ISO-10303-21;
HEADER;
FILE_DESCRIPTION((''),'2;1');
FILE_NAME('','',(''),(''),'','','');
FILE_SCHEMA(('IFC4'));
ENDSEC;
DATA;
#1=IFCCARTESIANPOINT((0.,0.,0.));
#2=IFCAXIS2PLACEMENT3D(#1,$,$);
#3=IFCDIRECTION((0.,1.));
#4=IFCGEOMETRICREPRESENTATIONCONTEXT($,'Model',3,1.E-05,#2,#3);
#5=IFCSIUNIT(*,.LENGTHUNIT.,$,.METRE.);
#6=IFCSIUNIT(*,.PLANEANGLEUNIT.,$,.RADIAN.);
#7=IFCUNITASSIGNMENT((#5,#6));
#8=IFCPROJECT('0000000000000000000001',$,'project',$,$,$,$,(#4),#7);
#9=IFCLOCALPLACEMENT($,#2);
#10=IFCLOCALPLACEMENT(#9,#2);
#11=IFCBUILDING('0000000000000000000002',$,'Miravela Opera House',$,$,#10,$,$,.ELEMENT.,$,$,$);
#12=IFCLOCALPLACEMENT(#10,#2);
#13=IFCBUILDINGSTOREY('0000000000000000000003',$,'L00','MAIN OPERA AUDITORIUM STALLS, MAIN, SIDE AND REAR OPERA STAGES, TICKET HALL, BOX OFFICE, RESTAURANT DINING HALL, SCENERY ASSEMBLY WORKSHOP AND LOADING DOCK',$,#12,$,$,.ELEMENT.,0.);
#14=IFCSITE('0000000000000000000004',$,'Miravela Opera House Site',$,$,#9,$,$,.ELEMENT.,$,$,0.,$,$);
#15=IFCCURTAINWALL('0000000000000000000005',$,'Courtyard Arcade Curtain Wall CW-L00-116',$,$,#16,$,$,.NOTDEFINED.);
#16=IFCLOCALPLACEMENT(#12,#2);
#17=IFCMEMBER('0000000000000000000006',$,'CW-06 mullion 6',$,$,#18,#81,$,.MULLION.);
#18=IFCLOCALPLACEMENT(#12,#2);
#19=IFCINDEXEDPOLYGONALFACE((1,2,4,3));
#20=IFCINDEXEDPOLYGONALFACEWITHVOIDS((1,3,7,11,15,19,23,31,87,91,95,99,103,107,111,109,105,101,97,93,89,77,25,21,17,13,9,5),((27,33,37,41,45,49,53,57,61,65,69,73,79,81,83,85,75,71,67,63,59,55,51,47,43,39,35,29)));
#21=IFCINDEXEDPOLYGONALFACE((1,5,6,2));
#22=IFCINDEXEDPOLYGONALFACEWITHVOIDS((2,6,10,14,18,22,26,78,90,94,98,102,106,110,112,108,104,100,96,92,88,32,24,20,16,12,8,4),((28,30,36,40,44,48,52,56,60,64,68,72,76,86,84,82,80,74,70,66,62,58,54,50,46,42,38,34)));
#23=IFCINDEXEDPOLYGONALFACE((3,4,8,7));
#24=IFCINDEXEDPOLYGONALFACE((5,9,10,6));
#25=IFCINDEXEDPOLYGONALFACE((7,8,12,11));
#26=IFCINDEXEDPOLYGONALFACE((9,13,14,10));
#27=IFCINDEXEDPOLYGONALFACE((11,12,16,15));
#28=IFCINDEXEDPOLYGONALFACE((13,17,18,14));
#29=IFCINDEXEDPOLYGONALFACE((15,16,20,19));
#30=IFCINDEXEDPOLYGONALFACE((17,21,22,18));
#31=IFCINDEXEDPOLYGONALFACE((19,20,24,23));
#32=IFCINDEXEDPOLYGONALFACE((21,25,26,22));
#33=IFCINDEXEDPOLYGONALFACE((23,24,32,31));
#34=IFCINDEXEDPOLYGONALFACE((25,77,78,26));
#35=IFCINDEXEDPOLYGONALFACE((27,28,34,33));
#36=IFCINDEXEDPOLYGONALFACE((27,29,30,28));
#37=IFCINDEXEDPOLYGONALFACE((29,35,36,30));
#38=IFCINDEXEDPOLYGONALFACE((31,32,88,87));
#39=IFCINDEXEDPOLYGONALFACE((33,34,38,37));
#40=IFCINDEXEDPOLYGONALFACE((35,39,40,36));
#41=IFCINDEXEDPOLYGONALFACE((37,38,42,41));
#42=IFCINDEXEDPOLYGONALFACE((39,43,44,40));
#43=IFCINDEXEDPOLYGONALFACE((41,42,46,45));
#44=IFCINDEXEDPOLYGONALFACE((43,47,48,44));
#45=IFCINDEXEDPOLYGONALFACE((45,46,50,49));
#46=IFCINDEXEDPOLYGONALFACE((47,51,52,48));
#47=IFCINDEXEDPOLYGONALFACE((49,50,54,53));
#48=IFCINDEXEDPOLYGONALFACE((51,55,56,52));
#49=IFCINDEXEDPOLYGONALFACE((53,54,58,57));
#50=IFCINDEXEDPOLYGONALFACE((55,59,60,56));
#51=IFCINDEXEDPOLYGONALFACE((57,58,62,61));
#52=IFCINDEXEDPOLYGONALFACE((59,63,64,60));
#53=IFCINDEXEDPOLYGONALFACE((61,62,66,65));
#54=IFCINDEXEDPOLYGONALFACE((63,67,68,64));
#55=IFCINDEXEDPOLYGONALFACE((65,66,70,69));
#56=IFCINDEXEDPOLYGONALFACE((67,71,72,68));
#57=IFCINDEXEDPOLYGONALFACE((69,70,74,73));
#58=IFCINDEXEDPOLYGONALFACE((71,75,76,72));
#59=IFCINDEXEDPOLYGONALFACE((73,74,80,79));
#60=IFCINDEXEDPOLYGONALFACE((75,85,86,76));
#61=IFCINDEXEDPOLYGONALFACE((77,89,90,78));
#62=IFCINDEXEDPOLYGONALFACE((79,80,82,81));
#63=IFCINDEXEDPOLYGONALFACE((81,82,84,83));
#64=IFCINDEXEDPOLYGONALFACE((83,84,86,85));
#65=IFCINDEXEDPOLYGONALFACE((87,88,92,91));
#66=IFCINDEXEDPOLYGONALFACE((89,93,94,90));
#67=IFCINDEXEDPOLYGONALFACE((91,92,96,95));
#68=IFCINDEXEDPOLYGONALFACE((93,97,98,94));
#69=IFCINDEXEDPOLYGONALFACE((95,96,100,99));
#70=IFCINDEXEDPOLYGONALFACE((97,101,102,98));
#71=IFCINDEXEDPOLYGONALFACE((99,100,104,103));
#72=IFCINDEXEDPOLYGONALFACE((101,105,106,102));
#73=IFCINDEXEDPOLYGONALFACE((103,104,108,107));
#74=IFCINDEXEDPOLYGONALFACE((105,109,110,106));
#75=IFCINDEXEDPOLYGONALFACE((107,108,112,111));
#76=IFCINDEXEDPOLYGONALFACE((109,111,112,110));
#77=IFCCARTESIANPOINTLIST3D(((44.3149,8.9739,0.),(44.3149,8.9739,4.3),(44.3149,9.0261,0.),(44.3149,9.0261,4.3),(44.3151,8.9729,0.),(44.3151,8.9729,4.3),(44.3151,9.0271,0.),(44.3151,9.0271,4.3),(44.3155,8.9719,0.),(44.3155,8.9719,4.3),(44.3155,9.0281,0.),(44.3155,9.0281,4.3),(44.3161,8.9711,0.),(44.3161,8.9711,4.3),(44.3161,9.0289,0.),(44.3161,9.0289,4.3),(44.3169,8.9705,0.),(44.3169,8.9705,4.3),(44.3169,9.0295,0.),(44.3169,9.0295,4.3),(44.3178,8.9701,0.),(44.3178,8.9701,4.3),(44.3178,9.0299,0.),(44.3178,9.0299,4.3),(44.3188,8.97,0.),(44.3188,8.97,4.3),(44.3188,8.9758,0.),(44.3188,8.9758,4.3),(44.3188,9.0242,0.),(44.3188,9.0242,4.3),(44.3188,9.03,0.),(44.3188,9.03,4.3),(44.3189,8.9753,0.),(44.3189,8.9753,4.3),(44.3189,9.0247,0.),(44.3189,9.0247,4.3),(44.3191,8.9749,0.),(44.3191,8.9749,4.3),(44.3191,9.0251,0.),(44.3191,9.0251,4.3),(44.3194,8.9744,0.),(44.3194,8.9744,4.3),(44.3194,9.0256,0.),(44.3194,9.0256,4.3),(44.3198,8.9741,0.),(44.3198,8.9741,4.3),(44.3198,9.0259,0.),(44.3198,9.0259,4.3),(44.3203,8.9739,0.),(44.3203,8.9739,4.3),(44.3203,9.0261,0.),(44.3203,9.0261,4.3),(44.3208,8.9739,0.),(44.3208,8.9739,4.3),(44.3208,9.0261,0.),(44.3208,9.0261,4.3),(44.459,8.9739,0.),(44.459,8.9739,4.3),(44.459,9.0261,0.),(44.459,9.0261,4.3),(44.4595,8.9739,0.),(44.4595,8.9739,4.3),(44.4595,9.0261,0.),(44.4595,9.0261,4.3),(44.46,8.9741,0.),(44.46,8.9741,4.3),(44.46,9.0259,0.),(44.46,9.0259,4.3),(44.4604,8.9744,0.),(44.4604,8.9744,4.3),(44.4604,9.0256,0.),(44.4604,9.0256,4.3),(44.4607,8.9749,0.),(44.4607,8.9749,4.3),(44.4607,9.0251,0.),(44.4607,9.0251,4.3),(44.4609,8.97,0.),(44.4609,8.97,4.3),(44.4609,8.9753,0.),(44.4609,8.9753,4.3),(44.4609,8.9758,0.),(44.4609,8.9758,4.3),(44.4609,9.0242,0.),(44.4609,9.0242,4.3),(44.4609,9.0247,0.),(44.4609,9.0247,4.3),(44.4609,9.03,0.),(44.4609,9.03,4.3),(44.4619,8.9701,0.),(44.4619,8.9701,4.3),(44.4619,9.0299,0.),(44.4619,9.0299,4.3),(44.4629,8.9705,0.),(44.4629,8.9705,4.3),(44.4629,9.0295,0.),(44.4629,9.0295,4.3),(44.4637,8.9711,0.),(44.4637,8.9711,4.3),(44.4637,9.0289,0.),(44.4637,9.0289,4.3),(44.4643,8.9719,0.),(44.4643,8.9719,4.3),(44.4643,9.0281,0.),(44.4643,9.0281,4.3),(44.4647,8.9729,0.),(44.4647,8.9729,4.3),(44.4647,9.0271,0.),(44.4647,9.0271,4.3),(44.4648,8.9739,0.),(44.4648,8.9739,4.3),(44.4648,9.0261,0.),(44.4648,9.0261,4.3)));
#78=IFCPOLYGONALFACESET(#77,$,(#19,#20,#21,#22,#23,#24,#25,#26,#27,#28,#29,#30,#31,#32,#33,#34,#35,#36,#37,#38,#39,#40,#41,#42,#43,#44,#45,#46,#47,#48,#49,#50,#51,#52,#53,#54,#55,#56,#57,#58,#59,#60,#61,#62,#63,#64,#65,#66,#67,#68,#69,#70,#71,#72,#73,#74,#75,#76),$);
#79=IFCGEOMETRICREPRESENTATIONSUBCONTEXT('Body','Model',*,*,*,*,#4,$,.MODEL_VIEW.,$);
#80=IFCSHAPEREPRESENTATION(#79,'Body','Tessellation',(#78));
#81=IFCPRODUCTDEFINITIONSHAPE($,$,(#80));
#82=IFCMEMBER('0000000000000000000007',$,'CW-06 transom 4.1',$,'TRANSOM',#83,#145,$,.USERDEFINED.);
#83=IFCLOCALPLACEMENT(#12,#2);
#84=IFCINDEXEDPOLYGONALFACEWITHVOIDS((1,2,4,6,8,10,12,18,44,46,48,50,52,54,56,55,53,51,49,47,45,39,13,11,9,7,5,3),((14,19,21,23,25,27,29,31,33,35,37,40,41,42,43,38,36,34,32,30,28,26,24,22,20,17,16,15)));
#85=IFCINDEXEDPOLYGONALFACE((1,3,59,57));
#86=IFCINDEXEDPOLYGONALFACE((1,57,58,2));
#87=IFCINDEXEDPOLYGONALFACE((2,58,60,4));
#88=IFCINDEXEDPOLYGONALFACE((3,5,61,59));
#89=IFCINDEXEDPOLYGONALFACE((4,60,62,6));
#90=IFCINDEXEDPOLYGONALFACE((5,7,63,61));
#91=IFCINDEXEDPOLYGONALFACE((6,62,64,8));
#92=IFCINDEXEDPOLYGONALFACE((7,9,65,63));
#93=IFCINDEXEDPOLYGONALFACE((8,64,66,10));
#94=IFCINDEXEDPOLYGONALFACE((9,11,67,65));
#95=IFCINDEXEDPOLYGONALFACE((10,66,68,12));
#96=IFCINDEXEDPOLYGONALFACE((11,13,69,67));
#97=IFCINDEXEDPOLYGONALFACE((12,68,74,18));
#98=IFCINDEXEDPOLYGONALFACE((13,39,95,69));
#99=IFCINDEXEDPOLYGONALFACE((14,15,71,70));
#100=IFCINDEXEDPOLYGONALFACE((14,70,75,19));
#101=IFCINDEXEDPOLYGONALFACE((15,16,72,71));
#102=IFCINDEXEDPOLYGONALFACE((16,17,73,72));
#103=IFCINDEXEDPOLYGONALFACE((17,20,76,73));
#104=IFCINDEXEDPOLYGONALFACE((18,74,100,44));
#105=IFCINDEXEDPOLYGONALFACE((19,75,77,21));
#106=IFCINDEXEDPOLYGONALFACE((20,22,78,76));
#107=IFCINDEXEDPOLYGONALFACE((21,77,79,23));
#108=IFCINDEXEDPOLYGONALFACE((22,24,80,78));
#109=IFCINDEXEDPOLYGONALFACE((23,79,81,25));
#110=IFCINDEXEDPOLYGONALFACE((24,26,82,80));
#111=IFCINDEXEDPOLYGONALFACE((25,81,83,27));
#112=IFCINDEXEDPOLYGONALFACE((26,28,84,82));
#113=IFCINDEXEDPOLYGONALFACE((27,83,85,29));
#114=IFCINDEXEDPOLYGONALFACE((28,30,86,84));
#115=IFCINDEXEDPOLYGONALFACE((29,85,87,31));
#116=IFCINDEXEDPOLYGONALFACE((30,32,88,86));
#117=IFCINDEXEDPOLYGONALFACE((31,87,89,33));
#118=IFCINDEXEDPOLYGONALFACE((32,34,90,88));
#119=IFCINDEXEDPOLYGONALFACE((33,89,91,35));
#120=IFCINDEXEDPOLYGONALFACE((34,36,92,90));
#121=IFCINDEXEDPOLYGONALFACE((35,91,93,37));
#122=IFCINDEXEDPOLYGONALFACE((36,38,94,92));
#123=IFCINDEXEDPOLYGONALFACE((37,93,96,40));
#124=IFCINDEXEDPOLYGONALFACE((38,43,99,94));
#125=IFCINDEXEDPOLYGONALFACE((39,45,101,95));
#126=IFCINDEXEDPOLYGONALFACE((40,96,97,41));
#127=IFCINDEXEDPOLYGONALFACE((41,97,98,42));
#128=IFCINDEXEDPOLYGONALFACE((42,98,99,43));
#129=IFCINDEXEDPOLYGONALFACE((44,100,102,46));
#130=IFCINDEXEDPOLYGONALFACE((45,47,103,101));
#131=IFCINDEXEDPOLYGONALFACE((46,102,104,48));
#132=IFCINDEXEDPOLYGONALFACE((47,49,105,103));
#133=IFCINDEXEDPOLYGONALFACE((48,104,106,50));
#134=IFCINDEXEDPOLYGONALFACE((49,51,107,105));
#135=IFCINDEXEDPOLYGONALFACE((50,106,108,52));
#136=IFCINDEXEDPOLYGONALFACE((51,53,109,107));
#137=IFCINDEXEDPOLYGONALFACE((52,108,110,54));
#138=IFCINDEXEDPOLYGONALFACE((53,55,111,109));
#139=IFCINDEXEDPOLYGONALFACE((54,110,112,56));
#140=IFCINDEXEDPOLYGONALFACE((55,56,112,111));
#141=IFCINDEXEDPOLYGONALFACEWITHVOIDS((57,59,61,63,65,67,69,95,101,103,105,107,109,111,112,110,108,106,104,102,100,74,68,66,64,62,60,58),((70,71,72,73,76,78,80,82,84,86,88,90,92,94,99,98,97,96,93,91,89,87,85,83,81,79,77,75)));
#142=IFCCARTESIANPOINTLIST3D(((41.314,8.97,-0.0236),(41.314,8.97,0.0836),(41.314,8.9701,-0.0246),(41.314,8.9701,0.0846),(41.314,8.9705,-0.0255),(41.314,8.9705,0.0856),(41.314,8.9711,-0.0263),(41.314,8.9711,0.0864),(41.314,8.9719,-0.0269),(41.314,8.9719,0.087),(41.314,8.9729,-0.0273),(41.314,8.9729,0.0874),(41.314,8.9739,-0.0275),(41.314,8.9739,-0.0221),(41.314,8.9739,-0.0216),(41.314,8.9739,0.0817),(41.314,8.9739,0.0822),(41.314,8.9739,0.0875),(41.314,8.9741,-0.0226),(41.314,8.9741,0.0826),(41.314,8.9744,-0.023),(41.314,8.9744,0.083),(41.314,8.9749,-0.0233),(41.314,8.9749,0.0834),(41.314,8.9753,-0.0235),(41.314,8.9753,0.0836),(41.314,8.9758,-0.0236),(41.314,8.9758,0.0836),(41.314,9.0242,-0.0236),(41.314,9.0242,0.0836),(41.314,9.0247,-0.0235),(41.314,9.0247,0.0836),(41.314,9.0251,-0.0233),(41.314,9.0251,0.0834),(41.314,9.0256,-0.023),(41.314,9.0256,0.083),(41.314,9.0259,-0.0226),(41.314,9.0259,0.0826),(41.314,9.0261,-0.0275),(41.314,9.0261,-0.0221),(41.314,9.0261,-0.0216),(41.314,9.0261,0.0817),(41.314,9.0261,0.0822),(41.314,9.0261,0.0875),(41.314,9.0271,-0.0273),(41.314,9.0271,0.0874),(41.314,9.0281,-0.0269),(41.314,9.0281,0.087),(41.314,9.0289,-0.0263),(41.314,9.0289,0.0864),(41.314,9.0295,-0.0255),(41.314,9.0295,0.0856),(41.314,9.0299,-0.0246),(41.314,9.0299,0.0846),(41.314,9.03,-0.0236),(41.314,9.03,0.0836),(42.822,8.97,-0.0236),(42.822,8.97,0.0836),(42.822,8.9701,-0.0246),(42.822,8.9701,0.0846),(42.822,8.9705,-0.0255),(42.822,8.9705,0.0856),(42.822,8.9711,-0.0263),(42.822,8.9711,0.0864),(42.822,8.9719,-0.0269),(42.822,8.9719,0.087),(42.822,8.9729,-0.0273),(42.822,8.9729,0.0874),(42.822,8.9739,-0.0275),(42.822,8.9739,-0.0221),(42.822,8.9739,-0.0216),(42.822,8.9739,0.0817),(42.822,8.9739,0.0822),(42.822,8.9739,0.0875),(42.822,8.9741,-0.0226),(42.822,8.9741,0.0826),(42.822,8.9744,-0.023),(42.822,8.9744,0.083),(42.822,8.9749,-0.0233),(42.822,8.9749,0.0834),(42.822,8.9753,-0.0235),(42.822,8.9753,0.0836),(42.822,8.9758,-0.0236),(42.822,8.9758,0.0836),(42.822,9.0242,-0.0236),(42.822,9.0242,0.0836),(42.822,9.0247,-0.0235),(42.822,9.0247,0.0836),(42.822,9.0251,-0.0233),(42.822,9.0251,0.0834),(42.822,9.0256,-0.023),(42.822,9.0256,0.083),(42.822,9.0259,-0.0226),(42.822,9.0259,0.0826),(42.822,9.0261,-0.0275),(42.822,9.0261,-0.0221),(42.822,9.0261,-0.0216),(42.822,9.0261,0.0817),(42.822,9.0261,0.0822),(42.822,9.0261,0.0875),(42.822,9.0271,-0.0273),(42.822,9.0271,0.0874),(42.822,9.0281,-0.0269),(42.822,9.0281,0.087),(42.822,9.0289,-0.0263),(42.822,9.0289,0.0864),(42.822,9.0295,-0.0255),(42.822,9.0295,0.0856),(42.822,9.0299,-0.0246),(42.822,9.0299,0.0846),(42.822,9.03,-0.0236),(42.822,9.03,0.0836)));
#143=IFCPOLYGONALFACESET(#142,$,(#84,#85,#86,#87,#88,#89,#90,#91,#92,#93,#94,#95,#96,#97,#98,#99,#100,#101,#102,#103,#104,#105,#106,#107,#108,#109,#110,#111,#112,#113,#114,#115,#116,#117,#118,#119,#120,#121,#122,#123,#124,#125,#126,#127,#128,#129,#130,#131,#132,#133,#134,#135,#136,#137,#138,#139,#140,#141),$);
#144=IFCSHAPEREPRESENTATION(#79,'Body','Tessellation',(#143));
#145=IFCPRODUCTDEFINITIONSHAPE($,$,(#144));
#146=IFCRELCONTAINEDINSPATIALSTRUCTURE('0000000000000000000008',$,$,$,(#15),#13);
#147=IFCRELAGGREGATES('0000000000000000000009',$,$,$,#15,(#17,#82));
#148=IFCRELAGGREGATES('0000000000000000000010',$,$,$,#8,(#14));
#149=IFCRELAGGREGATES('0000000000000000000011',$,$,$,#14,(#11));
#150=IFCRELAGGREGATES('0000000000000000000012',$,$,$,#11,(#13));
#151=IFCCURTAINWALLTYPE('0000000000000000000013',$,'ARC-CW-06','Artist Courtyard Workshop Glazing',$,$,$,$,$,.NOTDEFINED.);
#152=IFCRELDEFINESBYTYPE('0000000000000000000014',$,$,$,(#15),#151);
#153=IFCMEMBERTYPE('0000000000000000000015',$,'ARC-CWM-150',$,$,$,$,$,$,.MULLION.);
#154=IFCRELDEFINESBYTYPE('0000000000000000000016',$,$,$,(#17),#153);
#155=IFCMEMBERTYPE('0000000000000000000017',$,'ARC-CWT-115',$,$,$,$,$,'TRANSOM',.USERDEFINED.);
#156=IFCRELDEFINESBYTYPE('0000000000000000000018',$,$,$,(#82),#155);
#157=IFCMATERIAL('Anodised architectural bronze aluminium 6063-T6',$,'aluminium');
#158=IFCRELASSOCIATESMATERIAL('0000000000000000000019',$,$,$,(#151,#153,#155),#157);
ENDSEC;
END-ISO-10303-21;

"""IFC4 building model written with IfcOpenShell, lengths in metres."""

from ifc_helpers import new_model, si_unit, direction, frame, origin, origin_2d, place, context, subcontext, project, spatial, hollow_rectangle, extrude, material, material_profile, profile_set, type_object, element, aggregate, save


model = new_model("IFC4")

# Units and contexts
model_context = context("Model", 3, precision=1e-05, world=origin(), true_north=direction((0.0, 1.0)))
body_context = subcontext(model_context, "Body", "Model", "MODEL_VIEW")
ifc_project = project(units=[si_unit("LENGTHUNIT", "METRE"), si_unit("PLANEANGLEUNIT", "RADIAN")], contexts=[model_context])

# Site, building, storey
site_placement = place(None, origin())
site = spatial("IfcSite", under=ifc_project, at=site_placement, Name="Miravela Opera House Site", CompositionType="ELEMENT", RefElevation=0.0)
building_placement = place(site_placement, origin())
building = spatial("IfcBuilding", under=site, at=building_placement, Name="Miravela Opera House", CompositionType="ELEMENT")
storey_placement = place(building_placement, origin())
storey = spatial("IfcBuildingStorey", under=building, at=storey_placement, Name="L00", Description="MAIN OPERA AUDITORIUM STALLS, MAIN, SIDE AND REAR OPERA STAGES, TICKET HALL, BOX OFFICE, RESTAURANT DINING HALL, SCENERY ASSEMBLY WORKSHOP AND LOADING DOCK", CompositionType="ELEMENT", Elevation=0.0)

# Curtain wall, members
ifc_material_1 = material(Name="Anodised architectural bronze aluminium 6063-T6", Category="aluminium")
curtain_wall_type = type_object("IfcCurtainWallType", Name="ARC-CW-06", Description="Artist Courtyard Workshop Glazing", PredefinedType="NOTDEFINED", material=ifc_material_1)
curtain_wall_placement = place(storey_placement, origin())
curtain_wall = element("IfcCurtainWall", 1, at=curtain_wall_placement, inside=storey, type_object=curtain_wall_type, Name="Courtyard Arcade Curtain Wall CW-L00-116", PredefinedType="NOTDEFINED")
ifc_material_profile_1 = material_profile(ifc_material_1, hollow_rectangle(XDim=0.0601, YDim=0.1499, WallThickness=0.0039, InnerFilletRadius=0.002, OuterFilletRadius=0.0039, at=origin_2d()), Name="CWM-60X150")
ifc_profile_set_1 = profile_set([ifc_material_profile_1])
member_type_1 = type_object("IfcMemberType", Name="ARC-CWM-150", PredefinedType="MULLION", material=ifc_profile_set_1)
member_1_placement = place(storey_placement, frame((44.3899, 9.0, 0.0), z_axis=(0.0, 0.0, 1.0), x_axis=(0.0, 1.0, 0.0)))
member_1 = element("IfcMember", 2, at=member_1_placement, type_object=member_type_1, Name="CW-06 mullion 6", PredefinedType="MULLION", context=body_context, shape_type="SweptSolid", body=[
    extrude(hollow_rectangle(XDim=0.0601, YDim=0.1499, WallThickness=0.0039, InnerFilletRadius=0.002, OuterFilletRadius=0.0039, at=origin_2d()), origin(), (0.0, 0.0, 1.0), 4.3),
])
ifc_material_profile_2 = material_profile(ifc_material_1, hollow_rectangle(XDim=0.0601, YDim=0.115, WallThickness=0.0039, InnerFilletRadius=0.002, OuterFilletRadius=0.0039, at=origin_2d()), Name="CWT-60X115")
ifc_profile_set_2 = profile_set([ifc_material_profile_2])
member_type_2 = type_object("IfcMemberType", Name="ARC-CWT-115", ElementType="TRANSOM", PredefinedType="USERDEFINED", material=ifc_profile_set_2)
member_2_placement = place(storey_placement, frame((41.314, 9.0, 0.03), z_axis=(1.0, 0.0, 0.0), x_axis=(0.0, 1.0, 0.0)))
member_2 = element("IfcMember", 3, at=member_2_placement, type_object=member_type_2, Name="CW-06 transom 4.1", ObjectType="TRANSOM", PredefinedType="USERDEFINED", context=body_context, shape_type="SweptSolid", body=[
    extrude(hollow_rectangle(XDim=0.0601, YDim=0.115, WallThickness=0.0039, InnerFilletRadius=0.002, OuterFilletRadius=0.0039, at=origin_2d()), origin(), (0.0, 0.0, 1.0), 1.5081),
])

aggregate(curtain_wall, [member_1, member_2])

save(model, "model.ifc")
